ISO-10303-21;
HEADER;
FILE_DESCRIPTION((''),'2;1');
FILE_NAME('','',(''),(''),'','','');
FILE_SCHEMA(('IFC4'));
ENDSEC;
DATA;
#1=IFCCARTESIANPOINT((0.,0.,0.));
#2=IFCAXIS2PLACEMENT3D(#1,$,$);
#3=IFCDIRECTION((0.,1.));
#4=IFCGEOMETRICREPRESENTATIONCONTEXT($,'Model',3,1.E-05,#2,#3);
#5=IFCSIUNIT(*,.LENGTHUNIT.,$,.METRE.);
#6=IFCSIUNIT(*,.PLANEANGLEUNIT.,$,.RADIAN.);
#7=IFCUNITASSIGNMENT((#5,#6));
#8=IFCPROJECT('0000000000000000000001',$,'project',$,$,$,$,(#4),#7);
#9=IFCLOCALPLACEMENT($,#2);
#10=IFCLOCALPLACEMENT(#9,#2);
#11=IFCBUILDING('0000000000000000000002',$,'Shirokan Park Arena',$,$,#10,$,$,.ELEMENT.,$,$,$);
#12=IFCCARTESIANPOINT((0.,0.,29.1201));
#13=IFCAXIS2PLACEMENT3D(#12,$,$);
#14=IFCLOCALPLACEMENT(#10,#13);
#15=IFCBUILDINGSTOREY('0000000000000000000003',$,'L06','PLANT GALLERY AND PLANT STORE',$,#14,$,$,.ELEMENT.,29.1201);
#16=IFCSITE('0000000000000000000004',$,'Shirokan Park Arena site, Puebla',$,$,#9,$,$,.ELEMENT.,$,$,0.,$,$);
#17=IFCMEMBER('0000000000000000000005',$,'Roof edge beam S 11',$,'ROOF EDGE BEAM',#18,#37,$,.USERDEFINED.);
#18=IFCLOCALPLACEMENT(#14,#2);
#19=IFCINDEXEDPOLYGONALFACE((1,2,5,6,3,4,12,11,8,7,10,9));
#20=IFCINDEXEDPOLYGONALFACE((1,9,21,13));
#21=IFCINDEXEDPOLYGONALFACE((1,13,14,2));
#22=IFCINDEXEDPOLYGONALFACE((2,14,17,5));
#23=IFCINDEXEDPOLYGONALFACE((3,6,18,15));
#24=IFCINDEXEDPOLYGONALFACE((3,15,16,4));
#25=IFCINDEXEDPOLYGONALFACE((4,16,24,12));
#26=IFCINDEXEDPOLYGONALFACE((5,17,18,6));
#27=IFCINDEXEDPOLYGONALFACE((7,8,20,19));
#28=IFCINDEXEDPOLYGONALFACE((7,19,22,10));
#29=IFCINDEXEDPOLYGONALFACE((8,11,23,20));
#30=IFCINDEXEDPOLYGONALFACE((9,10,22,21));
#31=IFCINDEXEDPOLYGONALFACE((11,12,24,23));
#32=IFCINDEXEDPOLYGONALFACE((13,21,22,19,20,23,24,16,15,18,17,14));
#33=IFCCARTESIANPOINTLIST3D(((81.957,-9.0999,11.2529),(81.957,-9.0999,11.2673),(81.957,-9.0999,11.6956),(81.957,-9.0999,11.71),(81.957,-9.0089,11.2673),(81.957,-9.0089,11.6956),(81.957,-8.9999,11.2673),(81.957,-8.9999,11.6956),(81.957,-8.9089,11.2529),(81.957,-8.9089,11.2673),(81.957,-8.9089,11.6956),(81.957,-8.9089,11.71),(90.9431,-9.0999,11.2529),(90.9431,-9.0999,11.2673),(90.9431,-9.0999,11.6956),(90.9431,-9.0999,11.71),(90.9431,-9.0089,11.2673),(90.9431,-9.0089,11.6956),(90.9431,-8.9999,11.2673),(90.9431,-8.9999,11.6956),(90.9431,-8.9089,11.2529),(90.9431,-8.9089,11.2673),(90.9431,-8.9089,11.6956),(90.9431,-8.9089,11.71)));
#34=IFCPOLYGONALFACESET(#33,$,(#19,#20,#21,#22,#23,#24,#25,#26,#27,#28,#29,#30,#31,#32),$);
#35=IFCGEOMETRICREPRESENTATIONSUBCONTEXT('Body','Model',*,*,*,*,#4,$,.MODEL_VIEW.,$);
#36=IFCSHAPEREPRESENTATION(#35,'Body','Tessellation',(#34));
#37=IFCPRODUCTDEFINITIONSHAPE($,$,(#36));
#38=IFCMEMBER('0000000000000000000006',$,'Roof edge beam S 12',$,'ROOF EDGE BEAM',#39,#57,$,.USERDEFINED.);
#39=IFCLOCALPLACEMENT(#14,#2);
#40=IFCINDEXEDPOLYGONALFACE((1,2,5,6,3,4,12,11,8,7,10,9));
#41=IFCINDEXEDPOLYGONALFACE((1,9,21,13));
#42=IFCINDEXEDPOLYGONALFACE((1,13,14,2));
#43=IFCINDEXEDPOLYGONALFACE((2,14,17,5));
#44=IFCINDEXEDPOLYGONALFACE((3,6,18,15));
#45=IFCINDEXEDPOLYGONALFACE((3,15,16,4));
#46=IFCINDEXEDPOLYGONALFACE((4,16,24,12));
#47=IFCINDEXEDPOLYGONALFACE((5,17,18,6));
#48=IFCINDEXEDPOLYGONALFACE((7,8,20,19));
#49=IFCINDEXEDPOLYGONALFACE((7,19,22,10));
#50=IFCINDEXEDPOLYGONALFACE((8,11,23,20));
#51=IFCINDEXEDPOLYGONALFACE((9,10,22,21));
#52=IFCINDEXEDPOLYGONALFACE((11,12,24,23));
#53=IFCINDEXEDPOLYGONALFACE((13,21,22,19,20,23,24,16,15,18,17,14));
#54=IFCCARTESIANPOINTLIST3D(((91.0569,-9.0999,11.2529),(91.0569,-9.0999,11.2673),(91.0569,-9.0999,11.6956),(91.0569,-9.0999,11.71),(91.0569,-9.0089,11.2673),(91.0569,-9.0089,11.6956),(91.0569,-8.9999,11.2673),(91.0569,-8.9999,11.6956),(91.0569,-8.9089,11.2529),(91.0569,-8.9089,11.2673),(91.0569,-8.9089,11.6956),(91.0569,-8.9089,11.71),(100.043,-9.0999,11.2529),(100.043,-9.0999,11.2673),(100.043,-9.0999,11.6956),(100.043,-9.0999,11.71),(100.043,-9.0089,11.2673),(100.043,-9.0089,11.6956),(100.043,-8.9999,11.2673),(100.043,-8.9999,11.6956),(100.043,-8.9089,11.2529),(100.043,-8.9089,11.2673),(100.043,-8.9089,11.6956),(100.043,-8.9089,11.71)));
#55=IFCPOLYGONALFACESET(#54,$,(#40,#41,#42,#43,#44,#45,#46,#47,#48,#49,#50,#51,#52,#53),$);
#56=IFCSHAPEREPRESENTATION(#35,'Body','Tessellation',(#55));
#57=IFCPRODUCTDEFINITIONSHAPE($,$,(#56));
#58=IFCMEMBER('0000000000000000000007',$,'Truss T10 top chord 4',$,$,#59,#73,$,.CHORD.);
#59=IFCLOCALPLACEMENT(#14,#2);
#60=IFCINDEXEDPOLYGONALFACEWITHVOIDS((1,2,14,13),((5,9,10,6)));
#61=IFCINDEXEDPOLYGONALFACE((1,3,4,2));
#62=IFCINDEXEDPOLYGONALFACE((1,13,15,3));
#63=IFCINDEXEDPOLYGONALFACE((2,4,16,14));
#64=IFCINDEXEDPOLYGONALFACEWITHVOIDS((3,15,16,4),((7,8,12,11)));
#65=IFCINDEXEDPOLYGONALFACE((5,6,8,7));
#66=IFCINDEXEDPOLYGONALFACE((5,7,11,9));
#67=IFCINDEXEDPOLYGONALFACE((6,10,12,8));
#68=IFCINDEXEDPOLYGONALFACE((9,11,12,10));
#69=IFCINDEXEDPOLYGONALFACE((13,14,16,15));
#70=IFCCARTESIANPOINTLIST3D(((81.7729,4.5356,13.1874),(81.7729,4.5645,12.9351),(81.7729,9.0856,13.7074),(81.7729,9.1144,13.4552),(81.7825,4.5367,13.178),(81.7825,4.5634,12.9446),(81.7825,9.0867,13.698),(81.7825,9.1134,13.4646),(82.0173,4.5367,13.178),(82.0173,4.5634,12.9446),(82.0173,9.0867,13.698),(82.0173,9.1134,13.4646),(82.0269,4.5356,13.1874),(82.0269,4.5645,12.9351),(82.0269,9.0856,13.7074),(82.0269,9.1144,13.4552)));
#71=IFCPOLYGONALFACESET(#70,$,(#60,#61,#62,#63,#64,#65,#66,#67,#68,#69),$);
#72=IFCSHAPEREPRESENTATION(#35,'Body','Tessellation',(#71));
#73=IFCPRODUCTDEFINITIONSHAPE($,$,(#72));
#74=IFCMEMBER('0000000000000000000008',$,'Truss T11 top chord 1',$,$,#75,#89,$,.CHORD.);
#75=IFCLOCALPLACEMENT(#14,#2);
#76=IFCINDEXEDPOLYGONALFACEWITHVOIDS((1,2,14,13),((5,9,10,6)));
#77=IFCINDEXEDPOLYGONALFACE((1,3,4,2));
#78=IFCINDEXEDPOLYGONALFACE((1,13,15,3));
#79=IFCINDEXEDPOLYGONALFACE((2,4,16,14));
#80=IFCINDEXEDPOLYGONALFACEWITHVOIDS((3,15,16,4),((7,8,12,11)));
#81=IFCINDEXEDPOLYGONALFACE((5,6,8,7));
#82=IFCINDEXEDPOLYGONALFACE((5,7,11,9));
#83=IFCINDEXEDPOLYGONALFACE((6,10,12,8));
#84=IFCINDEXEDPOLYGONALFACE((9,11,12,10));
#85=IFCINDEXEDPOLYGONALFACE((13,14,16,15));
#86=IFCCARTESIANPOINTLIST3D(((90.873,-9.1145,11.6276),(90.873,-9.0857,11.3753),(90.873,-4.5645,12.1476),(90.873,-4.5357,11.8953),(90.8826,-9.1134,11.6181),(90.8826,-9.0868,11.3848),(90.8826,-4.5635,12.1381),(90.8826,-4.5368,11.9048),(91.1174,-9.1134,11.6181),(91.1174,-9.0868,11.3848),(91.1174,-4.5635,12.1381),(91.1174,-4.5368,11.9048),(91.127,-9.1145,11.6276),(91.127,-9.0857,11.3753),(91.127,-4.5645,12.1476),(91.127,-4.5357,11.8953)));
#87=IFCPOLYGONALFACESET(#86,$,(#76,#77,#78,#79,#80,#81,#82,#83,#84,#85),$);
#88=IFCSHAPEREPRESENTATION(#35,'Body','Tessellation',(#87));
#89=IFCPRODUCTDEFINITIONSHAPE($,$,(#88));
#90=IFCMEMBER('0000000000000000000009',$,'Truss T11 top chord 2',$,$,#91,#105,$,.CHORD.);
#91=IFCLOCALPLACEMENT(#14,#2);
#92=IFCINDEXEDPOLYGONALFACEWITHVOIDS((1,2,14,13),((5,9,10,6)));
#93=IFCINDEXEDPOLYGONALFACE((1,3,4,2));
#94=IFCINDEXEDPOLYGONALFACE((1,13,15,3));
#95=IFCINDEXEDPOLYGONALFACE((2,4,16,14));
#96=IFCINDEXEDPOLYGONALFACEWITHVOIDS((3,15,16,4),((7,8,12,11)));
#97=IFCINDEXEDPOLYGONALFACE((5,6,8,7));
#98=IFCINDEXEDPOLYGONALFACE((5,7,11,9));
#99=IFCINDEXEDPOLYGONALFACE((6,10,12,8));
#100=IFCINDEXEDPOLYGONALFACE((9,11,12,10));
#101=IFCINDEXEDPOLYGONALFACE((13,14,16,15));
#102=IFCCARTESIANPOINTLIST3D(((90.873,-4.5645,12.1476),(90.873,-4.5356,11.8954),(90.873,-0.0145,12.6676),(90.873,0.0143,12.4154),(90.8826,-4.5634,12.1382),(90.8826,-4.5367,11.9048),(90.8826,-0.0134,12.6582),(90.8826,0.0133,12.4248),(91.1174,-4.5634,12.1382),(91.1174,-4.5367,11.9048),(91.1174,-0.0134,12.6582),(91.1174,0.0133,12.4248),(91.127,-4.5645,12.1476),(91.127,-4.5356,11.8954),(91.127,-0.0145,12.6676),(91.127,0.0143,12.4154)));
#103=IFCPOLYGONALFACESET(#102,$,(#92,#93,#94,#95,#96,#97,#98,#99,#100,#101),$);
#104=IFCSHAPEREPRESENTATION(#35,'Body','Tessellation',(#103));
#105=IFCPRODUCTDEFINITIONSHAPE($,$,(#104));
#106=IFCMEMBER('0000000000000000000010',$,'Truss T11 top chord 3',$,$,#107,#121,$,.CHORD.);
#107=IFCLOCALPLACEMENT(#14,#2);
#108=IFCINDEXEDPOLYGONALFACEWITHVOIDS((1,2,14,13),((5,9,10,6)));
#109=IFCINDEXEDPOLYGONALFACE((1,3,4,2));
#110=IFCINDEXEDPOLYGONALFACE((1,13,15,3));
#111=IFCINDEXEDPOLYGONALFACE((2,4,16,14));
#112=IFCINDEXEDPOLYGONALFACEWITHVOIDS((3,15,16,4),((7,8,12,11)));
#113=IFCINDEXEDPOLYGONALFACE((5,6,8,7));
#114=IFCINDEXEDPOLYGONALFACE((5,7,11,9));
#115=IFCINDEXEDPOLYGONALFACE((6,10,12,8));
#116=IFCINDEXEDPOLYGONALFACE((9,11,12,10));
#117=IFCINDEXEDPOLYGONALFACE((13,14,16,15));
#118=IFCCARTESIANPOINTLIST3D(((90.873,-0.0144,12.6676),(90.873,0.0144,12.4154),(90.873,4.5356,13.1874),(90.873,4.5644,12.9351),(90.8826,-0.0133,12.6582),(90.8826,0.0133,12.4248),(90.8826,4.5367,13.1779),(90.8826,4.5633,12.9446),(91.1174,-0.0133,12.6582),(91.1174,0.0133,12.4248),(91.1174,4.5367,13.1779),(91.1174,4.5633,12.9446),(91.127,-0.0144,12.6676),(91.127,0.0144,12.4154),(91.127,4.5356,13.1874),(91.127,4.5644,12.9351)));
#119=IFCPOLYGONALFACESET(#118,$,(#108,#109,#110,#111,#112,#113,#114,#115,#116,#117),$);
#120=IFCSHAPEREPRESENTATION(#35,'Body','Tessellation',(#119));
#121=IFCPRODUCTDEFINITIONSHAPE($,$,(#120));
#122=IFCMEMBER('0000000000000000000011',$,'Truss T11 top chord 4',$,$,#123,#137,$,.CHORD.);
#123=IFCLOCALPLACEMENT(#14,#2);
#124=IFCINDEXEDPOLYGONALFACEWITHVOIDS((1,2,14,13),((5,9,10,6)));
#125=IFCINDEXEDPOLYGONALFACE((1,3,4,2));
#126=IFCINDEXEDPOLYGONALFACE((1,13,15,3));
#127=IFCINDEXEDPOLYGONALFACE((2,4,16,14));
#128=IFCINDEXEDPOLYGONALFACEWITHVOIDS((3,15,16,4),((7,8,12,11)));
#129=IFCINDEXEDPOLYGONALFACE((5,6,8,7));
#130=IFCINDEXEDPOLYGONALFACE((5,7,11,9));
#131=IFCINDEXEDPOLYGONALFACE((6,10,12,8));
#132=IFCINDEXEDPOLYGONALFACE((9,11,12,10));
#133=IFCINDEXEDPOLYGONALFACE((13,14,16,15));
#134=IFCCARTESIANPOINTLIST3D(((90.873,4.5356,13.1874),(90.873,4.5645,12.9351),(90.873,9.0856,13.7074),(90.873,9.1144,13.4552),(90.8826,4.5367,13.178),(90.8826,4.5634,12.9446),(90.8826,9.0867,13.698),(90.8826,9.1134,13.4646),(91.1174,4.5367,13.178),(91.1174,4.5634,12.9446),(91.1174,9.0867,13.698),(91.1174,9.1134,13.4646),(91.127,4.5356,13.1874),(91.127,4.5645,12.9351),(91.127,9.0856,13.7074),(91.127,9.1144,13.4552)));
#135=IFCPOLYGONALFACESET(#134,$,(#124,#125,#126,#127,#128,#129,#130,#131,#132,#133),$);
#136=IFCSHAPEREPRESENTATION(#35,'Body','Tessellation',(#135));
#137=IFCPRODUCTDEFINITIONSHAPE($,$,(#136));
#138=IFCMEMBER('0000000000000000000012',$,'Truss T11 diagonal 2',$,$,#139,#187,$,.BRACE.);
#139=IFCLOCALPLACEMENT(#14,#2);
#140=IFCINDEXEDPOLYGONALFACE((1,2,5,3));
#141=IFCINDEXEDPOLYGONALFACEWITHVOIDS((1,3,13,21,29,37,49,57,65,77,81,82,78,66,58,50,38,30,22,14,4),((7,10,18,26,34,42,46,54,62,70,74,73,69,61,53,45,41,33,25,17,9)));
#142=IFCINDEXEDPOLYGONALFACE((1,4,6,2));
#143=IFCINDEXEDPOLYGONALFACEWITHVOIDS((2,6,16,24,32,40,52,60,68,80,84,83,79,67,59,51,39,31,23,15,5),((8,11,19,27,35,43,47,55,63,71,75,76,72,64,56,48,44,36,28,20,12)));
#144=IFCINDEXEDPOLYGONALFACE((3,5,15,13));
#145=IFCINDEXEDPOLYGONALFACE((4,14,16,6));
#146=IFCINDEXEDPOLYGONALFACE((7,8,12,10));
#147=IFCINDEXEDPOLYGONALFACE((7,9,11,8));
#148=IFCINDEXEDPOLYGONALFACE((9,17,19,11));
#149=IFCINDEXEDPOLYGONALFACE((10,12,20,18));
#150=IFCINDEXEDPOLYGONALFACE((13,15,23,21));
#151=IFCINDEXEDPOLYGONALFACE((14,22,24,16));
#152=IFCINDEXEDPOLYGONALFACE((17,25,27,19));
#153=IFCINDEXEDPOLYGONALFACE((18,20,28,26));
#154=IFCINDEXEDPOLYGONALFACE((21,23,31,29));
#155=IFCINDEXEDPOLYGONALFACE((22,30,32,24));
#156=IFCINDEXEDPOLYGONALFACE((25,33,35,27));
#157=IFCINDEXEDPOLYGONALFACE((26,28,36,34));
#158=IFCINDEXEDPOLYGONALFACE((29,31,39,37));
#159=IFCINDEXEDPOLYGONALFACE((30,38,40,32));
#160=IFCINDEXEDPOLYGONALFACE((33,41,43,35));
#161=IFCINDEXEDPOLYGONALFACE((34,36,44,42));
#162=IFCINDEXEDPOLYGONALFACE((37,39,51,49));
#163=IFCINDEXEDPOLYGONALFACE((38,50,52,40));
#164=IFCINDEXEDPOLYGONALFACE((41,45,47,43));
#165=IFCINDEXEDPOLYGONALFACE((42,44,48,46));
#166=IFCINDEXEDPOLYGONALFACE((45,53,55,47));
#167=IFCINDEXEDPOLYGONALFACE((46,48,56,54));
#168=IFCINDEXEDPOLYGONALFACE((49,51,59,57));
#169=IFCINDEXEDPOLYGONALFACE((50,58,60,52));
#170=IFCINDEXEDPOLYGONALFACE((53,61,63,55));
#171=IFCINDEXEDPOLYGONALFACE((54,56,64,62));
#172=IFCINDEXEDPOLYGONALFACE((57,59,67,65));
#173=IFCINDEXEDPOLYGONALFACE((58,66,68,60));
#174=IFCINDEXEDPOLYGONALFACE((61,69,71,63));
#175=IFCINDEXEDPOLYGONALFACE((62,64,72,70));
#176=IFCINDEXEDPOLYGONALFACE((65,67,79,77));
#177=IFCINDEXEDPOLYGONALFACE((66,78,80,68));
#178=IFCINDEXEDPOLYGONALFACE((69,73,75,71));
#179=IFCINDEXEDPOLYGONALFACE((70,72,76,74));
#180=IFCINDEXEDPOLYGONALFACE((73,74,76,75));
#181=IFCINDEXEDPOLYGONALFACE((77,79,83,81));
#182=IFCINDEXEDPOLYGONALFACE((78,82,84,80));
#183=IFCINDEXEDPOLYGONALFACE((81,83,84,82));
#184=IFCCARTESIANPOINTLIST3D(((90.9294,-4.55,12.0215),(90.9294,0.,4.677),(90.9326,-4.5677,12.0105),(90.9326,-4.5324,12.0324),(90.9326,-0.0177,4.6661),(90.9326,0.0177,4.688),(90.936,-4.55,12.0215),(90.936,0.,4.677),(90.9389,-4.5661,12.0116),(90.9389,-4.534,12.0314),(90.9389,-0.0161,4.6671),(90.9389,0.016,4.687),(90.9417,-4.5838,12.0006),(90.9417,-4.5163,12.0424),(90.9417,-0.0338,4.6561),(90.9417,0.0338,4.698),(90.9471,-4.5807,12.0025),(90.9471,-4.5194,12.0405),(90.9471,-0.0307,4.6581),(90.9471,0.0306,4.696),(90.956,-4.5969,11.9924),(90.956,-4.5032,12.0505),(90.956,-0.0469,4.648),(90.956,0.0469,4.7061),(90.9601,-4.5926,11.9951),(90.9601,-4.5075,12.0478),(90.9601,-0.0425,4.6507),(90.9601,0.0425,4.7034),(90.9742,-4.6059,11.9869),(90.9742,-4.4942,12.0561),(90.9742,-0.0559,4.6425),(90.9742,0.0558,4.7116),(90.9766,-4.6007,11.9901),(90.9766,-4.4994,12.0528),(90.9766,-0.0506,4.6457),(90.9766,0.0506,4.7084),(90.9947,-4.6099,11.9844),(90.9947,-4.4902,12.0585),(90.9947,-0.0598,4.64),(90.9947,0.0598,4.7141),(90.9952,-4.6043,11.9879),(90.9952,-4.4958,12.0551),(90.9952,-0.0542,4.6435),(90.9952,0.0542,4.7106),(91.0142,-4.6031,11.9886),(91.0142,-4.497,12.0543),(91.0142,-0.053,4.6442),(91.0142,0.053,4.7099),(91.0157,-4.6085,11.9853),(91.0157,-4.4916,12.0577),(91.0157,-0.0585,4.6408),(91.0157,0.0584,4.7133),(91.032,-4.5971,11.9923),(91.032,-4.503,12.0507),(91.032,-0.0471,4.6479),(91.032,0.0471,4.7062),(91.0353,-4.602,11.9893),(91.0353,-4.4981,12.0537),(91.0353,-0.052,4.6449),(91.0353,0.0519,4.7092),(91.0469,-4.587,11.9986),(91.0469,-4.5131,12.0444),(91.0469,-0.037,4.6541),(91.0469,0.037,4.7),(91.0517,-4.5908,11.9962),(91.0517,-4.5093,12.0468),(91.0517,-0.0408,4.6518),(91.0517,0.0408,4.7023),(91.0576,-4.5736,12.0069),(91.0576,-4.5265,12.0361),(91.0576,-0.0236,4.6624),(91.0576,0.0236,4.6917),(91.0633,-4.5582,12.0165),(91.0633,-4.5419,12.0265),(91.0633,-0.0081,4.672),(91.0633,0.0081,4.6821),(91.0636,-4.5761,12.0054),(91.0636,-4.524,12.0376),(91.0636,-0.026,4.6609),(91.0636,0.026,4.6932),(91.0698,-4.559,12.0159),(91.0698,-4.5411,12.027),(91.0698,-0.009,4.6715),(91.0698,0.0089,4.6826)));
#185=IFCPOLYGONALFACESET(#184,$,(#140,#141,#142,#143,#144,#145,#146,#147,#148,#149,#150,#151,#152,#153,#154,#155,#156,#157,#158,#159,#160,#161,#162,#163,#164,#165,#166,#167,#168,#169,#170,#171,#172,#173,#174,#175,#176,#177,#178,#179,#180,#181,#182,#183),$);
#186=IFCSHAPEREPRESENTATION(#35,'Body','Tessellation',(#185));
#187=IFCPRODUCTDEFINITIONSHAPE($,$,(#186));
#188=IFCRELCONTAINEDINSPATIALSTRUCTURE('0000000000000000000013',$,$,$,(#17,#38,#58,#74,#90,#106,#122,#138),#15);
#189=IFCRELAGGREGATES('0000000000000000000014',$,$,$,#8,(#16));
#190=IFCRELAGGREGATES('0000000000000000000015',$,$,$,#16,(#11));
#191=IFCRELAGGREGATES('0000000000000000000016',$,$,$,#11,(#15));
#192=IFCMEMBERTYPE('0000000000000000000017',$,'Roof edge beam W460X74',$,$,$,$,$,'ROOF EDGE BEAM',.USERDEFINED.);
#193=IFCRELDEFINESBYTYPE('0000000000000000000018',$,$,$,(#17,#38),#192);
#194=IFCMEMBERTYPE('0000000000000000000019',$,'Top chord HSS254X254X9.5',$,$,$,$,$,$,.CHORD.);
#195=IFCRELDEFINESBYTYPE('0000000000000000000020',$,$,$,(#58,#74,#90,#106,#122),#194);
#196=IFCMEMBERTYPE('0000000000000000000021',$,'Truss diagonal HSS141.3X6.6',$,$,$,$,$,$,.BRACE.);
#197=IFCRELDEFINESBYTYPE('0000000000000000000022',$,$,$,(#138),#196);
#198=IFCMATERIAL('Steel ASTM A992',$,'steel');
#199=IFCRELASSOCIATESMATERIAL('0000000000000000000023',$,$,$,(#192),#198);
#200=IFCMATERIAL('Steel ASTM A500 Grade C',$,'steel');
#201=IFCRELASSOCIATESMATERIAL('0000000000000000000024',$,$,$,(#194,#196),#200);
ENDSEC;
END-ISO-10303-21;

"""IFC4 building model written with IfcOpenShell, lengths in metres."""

from ifc_helpers import new_model, si_unit, direction, frame, origin, origin_2d, place, context, subcontext, project, spatial, hollow_rectangle, hollow_circle, i_section, extrude, material, material_profile, profile_set, type_object, element, save


model = new_model("IFC4")

# Units and contexts
model_context = context("Model", 3, precision=1e-05, world=origin(), true_north=direction((0.0, 1.0)))
body_context = subcontext(model_context, "Body", "Model", "MODEL_VIEW")
ifc_project = project(units=[si_unit("LENGTHUNIT", "METRE"), si_unit("PLANEANGLEUNIT", "RADIAN")], contexts=[model_context])

# Site, building, storey
site_placement = place(None, origin())
site = spatial("IfcSite", under=ifc_project, at=site_placement, Name="Shirokan Park Arena site, Puebla", CompositionType="ELEMENT", RefElevation=0.0)
building_placement = place(site_placement, origin())
building = spatial("IfcBuilding", under=site, at=building_placement, Name="Shirokan Park Arena", CompositionType="ELEMENT")
storey_placement = place(building_placement, frame((0.0, 0.0, 29.1201)))
storey = spatial("IfcBuildingStorey", under=building, at=storey_placement, Name="L06", Description="PLANT GALLERY AND PLANT STORE", CompositionType="ELEMENT", Elevation=29.1201)

# Shared definitions
ifc_material_1 = material(Name="Steel ASTM A500 Grade C", Category="steel")
ifc_material_2 = material(Name="Steel ASTM A992", Category="steel")

# Members
ifc_material_profile_1 = material_profile(ifc_material_2, i_section(OverallWidth=0.1909, OverallDepth=0.457, WebThickness=0.009, FlangeThickness=0.0144, at=origin_2d()), Name="W460X74")
ifc_profile_set_1 = profile_set([ifc_material_profile_1], Name="Steel ASTM A992")
member_type_1 = type_object("IfcMemberType", Name="Roof edge beam W460X74", ElementType="ROOF EDGE BEAM", PredefinedType="USERDEFINED", material=ifc_profile_set_1)
for number, where, z_axis, x_axis, name in (
    (1, (81.957, -9.0044, 11.4814), (1.0, 0.0, 0.0), (0.0, 1.0, 0.0), "Roof edge beam S 11"),
    (2, (91.0569, -9.0044, 11.4814), (1.0, 0.0, 0.0), (0.0, 1.0, 0.0), "Roof edge beam S 12"),
):
    element("IfcMember", number, at=place(storey_placement, frame(where, z_axis=z_axis, x_axis=x_axis)), inside=storey, type_object=member_type_1, Name=name, ObjectType="ROOF EDGE BEAM", PredefinedType="USERDEFINED", context=body_context, shape_type="SweptSolid", body=[
        extrude(i_section(OverallWidth=0.1909, OverallDepth=0.457, WebThickness=0.009, FlangeThickness=0.0144, at=origin_2d()), origin(), (0.0, 0.0, 1.0), 8.9861),
    ])
ifc_material_profile_2 = material_profile(ifc_material_1, hollow_rectangle(XDim=0.2539, YDim=0.2539, WallThickness=0.0095, at=origin_2d()), Name="HSS254X254X9.5")
ifc_profile_set_2 = profile_set([ifc_material_profile_2], Name="Steel ASTM A500 Grade C")
member_type_2 = type_object("IfcMemberType", Name="Top chord HSS254X254X9.5", PredefinedType="CHORD", material=ifc_profile_set_2)
for number, where, z_axis, x_axis, name in (
    (3, (81.8999, 4.55, 13.0613), (0.0, 0.993532, 0.11355), (-1.0, 0.0, 0.0), "Truss T10 top chord 4"),
    (4, (91.0, -9.1001, 11.5015), (0.0, 0.993532, 0.11355), (-1.0, 0.0, 0.0), "Truss T11 top chord 1"),
    (5, (91.0, -4.55, 12.0215), (0.0, 0.993532, 0.11355), (-1.0, 0.0, 0.0), "Truss T11 top chord 2"),
    (6, (91.0, 0.0, 12.5415), (0.0, 0.993538, 0.113497), (-1.0, 0.0, 0.0), "Truss T11 top chord 3"),
    (7, (91.0, 4.55, 13.0613), (0.0, 0.993532, 0.11355), (-1.0, 0.0, 0.0), "Truss T11 top chord 4"),
):
    element("IfcMember", number, at=place(storey_placement, frame(where, z_axis=z_axis, x_axis=x_axis)), inside=storey, type_object=member_type_2, Name=name, PredefinedType="CHORD", context=body_context, shape_type="SweptSolid", body=[
        extrude(hollow_rectangle(XDim=0.2539, YDim=0.2539, WallThickness=0.0095, at=origin_2d()), origin(), (0.0, 0.0, 1.0), 4.5796),
    ])
ifc_material_profile_3 = material_profile(ifc_material_1, hollow_circle(Radius=0.0706, WallThickness=0.0066, at=origin_2d()), Name="HSS141.3X6.6")
ifc_profile_set_3 = profile_set([ifc_material_profile_3], Name="Steel ASTM A500 Grade C")
member_type_3 = type_object("IfcMemberType", Name="Truss diagonal HSS141.3X6.6", PredefinedType="BRACE", material=ifc_profile_set_3)
member_1_placement = place(storey_placement, frame((91.0, -4.55, 12.0215), z_axis=(0.0, 0.526644, -0.850086), x_axis=(-1.0, 0.0, 0.0)))
element("IfcMember", 8, at=member_1_placement, inside=storey, type_object=member_type_3, Name="Truss T11 diagonal 2", PredefinedType="BRACE", context=body_context, shape_type="SweptSolid", body=[
    extrude(hollow_circle(Radius=0.0706, WallThickness=0.0066, at=origin_2d()), origin(), (0.0, 0.0, 1.0), 8.6396),
])

save(model, "model.ifc")
